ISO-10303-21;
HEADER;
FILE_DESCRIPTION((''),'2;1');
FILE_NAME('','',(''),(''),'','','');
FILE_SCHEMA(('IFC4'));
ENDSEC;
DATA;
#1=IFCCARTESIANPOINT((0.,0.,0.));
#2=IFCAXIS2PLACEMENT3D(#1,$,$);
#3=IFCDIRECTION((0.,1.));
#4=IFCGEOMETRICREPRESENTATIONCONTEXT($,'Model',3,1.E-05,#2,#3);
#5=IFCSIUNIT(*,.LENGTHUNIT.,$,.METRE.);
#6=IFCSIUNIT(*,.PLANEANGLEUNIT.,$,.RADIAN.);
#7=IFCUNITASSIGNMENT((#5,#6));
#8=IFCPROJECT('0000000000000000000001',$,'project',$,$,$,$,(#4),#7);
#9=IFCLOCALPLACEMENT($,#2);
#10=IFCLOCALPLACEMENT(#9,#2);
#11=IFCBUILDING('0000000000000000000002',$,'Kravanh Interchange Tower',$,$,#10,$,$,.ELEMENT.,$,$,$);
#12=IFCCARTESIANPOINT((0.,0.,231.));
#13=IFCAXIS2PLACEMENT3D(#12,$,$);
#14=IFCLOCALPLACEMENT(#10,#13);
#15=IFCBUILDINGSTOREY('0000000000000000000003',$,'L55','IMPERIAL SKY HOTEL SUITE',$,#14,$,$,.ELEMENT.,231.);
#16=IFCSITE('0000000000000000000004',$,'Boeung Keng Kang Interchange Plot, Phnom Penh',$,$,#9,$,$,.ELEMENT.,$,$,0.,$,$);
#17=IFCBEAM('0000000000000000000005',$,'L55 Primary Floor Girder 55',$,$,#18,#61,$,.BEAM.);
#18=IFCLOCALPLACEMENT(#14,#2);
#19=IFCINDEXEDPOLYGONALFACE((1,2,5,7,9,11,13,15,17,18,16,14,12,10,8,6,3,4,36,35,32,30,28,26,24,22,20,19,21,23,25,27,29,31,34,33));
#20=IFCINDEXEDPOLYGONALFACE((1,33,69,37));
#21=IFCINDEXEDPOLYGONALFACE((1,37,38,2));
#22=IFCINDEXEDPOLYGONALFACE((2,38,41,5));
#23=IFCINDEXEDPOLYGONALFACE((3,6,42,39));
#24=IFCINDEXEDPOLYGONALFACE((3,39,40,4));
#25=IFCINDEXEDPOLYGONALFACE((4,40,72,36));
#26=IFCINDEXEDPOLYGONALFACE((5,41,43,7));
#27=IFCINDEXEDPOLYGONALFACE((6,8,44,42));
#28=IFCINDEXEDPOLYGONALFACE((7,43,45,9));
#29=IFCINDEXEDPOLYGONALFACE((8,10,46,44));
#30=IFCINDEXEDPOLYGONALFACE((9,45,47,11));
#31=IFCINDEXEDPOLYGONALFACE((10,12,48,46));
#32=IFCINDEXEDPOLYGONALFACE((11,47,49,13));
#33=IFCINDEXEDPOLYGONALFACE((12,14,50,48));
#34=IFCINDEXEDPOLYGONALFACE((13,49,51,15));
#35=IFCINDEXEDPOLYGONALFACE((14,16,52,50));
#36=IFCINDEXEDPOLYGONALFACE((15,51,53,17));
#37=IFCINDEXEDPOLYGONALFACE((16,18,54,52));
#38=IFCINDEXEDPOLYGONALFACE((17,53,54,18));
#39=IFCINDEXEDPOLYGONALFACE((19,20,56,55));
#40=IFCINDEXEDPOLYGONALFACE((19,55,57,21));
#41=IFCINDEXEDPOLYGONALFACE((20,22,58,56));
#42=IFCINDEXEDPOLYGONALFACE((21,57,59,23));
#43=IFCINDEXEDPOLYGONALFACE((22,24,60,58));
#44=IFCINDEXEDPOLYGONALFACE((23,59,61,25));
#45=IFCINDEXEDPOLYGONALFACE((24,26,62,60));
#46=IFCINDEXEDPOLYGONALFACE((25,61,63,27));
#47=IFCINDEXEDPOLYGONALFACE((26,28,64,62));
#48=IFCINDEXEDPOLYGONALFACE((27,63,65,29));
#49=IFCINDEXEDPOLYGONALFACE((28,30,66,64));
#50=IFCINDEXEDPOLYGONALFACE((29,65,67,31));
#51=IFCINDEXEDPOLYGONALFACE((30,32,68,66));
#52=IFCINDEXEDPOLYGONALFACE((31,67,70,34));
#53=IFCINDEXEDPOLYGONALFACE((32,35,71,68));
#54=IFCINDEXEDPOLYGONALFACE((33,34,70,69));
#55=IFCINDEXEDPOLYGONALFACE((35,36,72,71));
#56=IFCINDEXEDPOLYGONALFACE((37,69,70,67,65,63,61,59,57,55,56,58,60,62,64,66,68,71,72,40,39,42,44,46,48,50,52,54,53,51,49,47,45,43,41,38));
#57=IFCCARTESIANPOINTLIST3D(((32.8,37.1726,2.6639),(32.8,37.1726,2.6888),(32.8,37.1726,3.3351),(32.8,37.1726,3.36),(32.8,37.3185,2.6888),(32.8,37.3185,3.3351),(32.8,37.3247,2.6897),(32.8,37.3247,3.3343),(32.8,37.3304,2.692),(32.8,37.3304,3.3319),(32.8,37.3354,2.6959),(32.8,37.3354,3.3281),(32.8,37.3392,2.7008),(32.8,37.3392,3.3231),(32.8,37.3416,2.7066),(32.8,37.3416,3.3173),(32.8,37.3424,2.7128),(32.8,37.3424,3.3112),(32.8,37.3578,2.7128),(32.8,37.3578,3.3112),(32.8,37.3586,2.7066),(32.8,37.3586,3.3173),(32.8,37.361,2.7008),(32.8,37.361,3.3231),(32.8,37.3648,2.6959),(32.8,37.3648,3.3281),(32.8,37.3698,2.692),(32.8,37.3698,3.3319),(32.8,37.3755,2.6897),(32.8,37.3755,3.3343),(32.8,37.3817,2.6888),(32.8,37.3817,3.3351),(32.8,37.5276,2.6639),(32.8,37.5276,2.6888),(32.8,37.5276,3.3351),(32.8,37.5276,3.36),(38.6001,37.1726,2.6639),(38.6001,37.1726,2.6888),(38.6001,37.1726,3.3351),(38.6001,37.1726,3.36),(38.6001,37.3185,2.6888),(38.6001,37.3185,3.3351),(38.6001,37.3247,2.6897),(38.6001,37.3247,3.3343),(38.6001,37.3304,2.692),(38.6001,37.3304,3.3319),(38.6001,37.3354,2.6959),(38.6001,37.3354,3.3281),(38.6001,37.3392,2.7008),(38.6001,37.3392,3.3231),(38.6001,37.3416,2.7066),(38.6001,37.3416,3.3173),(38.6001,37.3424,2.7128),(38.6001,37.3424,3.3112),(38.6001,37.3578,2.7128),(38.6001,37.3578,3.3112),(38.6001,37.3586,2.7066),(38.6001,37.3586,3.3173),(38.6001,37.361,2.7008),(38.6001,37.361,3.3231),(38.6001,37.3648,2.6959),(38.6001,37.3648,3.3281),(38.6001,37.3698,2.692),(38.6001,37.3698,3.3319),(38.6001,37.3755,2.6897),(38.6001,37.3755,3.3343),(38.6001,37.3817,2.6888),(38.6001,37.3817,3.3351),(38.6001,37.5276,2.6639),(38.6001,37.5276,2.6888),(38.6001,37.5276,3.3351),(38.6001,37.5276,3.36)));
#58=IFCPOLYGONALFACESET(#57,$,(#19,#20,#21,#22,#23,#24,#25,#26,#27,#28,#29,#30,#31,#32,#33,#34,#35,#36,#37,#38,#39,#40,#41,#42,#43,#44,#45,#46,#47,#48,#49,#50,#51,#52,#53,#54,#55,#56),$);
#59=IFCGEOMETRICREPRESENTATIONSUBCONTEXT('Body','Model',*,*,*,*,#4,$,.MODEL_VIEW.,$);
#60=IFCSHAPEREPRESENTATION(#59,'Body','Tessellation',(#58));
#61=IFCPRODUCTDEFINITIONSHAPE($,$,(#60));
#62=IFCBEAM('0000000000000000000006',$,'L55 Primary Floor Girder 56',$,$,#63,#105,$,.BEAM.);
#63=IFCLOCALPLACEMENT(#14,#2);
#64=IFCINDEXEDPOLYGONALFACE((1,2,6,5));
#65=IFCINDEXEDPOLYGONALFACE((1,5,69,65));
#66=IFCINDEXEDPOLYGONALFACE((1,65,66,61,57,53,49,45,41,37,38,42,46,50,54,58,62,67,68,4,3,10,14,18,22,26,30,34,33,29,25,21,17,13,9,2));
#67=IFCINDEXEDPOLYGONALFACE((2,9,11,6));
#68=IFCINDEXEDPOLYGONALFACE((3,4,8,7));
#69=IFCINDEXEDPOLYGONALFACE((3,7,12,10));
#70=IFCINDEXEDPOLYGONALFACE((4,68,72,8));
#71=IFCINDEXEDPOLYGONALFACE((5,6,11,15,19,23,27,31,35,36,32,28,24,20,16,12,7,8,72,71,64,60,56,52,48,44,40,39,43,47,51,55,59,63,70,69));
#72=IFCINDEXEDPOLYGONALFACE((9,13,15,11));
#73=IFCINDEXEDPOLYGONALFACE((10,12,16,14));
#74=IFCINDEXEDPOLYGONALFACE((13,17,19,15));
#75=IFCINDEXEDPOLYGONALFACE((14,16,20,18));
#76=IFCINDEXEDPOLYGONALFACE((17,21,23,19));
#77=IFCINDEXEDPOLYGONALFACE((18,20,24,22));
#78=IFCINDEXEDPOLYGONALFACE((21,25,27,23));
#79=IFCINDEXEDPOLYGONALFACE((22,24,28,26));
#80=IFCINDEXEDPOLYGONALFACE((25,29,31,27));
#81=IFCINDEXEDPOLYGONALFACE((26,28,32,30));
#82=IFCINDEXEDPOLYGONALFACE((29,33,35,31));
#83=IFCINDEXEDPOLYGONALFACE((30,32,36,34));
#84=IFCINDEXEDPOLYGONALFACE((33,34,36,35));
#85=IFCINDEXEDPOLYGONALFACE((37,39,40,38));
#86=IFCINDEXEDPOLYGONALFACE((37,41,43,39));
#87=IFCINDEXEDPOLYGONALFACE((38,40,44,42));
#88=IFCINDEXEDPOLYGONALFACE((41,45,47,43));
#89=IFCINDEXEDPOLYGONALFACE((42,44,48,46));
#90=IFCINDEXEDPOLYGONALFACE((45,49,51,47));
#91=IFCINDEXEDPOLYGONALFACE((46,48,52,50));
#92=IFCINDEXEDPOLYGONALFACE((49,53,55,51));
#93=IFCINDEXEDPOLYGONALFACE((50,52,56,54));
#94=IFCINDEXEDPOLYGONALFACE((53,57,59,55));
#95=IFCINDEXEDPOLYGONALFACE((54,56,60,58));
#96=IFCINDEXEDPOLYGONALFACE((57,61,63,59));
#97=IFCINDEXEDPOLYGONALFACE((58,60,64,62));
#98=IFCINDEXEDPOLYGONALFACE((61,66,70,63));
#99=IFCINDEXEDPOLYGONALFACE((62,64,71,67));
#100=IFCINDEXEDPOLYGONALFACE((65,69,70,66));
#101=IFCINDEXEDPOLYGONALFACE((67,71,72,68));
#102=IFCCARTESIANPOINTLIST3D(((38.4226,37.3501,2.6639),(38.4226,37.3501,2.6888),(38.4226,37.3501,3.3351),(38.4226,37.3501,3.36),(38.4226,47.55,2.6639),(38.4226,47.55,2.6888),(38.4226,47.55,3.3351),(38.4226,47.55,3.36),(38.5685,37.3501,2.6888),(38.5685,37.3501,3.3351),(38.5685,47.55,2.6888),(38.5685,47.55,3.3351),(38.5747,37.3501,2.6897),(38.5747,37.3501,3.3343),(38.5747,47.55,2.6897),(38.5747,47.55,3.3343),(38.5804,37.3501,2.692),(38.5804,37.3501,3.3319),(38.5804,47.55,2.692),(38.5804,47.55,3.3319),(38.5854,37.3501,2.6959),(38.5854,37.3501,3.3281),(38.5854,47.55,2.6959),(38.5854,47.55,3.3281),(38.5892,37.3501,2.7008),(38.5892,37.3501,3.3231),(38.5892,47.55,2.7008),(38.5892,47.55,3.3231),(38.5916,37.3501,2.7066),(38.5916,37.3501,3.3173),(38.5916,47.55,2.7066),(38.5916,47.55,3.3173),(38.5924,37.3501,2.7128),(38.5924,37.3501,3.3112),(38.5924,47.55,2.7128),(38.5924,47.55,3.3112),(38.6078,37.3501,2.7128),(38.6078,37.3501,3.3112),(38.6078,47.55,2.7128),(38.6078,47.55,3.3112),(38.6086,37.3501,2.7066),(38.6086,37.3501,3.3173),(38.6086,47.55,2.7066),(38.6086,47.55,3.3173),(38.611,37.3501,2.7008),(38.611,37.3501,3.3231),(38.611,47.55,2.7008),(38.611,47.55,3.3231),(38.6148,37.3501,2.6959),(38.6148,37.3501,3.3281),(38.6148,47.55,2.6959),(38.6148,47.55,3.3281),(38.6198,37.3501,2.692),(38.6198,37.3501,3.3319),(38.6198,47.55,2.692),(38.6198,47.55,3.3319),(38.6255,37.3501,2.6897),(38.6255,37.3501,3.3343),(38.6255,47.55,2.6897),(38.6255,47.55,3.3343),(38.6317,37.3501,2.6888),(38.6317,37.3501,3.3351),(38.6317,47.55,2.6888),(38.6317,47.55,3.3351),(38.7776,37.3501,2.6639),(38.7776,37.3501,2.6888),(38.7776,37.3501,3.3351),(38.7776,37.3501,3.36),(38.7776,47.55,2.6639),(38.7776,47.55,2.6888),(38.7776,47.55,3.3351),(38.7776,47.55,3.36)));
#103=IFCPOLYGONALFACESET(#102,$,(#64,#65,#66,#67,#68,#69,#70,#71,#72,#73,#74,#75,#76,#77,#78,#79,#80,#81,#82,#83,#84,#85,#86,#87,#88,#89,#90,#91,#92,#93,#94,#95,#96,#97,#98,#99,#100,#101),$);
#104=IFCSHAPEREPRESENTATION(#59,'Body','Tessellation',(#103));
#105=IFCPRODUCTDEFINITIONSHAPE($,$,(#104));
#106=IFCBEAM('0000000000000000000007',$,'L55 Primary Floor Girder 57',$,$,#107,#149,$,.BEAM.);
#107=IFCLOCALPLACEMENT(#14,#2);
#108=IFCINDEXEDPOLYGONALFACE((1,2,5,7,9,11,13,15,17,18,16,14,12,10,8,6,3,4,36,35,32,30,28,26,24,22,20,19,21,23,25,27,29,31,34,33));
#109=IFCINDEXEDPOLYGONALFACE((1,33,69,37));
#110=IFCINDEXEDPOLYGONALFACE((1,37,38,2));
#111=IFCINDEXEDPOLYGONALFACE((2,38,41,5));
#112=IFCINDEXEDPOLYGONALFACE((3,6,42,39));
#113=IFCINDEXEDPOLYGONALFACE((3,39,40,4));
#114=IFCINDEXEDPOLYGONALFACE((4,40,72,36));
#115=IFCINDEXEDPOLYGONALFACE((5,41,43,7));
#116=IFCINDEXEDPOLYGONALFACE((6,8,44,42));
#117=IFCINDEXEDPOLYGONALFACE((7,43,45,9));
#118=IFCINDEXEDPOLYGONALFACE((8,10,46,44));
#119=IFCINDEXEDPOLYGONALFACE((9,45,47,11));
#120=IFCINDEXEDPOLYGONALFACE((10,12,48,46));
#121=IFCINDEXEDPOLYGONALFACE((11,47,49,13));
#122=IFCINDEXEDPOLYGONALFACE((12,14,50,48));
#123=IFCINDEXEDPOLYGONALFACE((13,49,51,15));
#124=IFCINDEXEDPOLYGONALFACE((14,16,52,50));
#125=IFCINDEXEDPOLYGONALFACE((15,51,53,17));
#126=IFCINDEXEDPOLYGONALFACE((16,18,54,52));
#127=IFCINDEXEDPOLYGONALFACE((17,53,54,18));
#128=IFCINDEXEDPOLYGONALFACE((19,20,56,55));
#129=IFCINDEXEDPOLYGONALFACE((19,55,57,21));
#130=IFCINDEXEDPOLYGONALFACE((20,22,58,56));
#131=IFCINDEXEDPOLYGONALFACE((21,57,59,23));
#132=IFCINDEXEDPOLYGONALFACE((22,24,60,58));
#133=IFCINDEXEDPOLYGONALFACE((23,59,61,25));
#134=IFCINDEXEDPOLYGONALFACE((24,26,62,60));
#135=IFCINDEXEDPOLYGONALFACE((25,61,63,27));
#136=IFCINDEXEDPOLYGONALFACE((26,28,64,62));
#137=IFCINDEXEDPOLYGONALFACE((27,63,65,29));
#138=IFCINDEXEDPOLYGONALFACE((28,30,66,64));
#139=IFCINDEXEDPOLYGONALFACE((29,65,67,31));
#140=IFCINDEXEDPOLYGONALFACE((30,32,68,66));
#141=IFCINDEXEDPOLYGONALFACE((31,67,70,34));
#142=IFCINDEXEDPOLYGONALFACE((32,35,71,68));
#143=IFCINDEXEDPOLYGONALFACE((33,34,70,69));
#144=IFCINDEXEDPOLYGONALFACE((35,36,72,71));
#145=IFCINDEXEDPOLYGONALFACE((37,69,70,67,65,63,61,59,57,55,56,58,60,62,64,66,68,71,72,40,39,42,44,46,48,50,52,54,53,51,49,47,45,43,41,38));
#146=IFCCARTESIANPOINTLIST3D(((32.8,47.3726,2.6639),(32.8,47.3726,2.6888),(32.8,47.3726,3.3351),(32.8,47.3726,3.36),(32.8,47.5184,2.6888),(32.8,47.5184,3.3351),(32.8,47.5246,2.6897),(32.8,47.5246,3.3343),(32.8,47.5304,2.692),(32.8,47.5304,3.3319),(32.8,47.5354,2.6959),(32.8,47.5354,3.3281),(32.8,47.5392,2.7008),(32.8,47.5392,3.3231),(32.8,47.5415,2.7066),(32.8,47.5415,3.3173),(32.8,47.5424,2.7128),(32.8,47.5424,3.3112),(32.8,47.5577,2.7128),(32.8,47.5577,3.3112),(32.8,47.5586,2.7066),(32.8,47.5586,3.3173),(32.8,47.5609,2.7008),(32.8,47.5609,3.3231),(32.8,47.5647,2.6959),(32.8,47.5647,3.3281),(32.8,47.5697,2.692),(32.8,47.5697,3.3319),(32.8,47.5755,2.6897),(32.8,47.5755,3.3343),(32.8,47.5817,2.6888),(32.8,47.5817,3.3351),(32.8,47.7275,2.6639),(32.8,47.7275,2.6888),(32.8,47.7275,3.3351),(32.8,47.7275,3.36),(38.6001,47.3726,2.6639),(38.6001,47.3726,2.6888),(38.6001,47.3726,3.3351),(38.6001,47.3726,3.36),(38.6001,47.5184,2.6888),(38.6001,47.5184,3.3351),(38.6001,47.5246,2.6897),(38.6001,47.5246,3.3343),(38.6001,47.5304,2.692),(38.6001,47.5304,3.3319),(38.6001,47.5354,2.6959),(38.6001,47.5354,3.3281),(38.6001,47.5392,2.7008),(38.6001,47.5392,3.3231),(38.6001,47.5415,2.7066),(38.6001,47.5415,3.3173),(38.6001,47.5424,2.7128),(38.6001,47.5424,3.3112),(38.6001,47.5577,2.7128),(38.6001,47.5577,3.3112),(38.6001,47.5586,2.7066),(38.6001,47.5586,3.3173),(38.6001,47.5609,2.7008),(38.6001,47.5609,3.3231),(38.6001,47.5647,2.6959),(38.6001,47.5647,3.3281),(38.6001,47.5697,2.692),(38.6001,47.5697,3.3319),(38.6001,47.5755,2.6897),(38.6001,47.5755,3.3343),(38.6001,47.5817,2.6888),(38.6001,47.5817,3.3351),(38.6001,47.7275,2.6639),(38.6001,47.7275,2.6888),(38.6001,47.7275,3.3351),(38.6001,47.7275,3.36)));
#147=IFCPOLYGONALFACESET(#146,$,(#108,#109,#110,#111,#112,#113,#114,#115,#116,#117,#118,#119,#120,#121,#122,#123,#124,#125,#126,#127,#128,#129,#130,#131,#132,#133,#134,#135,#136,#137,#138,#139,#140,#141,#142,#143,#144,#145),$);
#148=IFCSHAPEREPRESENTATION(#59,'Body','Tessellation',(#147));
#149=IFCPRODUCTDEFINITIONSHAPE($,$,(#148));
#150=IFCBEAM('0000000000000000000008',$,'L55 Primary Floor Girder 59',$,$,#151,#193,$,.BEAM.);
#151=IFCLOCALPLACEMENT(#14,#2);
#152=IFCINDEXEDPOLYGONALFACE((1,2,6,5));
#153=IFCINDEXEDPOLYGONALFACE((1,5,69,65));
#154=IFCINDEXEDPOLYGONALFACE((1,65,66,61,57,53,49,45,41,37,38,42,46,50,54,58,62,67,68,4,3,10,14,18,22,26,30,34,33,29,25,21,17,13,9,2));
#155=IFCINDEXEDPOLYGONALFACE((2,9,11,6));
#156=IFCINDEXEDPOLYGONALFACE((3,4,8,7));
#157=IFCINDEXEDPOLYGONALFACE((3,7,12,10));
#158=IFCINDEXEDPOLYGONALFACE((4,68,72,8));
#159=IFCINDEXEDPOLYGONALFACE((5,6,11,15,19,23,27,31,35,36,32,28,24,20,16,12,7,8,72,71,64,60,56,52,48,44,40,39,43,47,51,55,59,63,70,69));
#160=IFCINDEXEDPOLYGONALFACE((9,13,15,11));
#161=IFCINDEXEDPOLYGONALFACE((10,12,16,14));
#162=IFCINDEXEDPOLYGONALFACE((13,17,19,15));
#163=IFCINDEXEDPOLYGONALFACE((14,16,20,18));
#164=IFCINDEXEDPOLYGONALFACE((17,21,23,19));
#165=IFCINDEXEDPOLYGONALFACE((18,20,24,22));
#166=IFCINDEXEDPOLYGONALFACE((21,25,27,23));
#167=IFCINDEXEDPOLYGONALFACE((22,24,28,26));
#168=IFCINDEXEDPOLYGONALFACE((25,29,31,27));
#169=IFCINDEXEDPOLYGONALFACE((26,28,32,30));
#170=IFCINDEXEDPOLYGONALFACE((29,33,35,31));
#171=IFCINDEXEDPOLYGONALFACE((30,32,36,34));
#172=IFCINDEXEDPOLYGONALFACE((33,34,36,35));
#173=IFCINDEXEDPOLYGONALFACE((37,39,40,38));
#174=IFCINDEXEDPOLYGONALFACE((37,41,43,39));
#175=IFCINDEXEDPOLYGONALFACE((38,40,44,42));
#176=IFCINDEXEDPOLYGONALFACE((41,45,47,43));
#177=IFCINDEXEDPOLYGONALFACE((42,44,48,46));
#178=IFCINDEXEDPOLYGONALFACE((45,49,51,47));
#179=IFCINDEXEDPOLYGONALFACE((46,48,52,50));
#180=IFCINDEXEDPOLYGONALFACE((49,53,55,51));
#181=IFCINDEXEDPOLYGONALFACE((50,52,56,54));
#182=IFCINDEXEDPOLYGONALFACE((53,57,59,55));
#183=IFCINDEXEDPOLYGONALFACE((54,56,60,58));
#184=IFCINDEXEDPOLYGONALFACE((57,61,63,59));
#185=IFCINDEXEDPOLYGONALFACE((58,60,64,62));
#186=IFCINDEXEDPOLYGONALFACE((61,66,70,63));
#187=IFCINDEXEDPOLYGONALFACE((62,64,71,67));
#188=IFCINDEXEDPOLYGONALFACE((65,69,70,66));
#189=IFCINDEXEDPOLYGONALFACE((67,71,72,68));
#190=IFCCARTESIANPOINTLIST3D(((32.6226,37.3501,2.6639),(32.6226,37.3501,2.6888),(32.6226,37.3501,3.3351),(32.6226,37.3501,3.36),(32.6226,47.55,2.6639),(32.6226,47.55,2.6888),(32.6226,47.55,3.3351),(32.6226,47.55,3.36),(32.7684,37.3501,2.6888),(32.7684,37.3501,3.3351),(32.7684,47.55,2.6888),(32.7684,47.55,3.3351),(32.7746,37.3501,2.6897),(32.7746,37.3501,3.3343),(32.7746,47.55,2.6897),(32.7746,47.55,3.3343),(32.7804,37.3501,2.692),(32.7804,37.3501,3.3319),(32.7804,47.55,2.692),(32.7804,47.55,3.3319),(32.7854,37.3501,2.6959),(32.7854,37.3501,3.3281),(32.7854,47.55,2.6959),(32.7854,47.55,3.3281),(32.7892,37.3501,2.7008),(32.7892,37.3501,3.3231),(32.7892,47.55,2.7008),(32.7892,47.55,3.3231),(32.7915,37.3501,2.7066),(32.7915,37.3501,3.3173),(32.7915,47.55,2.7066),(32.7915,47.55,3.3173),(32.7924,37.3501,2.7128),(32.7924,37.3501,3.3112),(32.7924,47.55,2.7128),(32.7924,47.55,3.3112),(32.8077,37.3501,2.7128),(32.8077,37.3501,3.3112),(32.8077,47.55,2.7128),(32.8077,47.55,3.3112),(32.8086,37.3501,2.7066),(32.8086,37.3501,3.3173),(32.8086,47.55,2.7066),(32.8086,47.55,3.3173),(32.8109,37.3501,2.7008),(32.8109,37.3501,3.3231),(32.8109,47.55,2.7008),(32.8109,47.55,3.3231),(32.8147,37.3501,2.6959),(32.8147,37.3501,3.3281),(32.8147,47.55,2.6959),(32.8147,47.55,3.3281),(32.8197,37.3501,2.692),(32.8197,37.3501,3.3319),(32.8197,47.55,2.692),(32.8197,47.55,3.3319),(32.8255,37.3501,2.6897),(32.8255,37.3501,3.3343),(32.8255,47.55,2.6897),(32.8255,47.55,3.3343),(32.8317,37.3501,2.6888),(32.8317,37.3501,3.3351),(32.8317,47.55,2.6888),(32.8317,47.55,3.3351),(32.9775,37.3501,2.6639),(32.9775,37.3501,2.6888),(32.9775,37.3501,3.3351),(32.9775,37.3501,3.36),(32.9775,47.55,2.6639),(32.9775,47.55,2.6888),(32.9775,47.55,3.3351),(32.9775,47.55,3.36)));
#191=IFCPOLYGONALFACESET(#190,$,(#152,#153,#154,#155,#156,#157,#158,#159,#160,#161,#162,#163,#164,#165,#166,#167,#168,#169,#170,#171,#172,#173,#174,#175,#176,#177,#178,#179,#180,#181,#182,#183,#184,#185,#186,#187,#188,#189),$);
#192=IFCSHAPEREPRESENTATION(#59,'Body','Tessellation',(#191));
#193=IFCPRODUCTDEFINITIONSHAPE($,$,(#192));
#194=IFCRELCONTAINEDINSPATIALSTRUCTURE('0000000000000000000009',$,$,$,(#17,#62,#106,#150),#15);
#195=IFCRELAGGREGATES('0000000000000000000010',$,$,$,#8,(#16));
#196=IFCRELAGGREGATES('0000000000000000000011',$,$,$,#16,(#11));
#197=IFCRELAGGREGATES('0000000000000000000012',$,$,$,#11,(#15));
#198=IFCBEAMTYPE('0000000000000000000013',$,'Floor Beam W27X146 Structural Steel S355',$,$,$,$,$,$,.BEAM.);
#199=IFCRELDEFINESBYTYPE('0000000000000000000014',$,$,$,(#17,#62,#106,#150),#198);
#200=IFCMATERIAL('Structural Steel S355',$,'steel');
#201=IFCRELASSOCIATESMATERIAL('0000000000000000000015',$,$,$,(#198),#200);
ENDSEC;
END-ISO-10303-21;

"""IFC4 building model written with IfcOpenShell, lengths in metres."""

from ifc_helpers import new_model, si_unit, direction, frame, origin, origin_2d, place, context, subcontext, project, spatial, i_section, extrude, material, material_profile, profile_set, type_object, element, save


model = new_model("IFC4")

# Units and contexts
model_context = context("Model", 3, precision=1e-05, world=origin(), true_north=direction((0.0, 1.0)))
body_context = subcontext(model_context, "Body", "Model", "MODEL_VIEW")
ifc_project = project(units=[si_unit("LENGTHUNIT", "METRE"), si_unit("PLANEANGLEUNIT", "RADIAN")], contexts=[model_context])

# Site, building, storey
site_placement = place(None, origin())
site = spatial("IfcSite", under=ifc_project, at=site_placement, Name="Boeung Keng Kang Interchange Plot, Phnom Penh", CompositionType="ELEMENT", RefElevation=0.0)
building_placement = place(site_placement, origin())
building = spatial("IfcBuilding", under=site, at=building_placement, Name="Kravanh Interchange Tower", CompositionType="ELEMENT")
storey_placement = place(building_placement, frame((0.0, 0.0, 231.0)))
storey = spatial("IfcBuildingStorey", under=building, at=storey_placement, Name="L55", Description="IMPERIAL SKY HOTEL SUITE", CompositionType="ELEMENT", Elevation=231.0)

# Beams
ifc_material_1 = material(Name="Structural Steel S355", Category="steel")
ifc_material_profile_1 = material_profile(ifc_material_1, i_section(OverallWidth=0.355, OverallDepth=0.696, WebThickness=0.0154, FlangeThickness=0.0249, FilletRadius=0.0239, at=origin_2d()), Name="W27X146")
ifc_profile_set_1 = profile_set([ifc_material_profile_1], Name="Structural Steel S355")
beam_type = type_object("IfcBeamType", Name="Floor Beam W27X146 Structural Steel S355", PredefinedType="BEAM", material=ifc_profile_set_1)
beam_1_placement = place(storey_placement, frame((38.6001, 37.3501, 3.012), z_axis=(-1.0, 0.0, 0.0), x_axis=(0.0, -1.0, 0.0)))
element("IfcBeam", 1, at=beam_1_placement, inside=storey, type_object=beam_type, Name="L55 Primary Floor Girder 55", PredefinedType="BEAM", context=body_context, shape_type="SweptSolid", body=[
    extrude(i_section(OverallWidth=0.355, OverallDepth=0.696, WebThickness=0.0154, FlangeThickness=0.0249, FilletRadius=0.0239, at=origin_2d()), origin(), (0.0, 0.0, 1.0), 5.8),
])
beam_2_placement = place(storey_placement, frame((38.6001, 37.3501, 3.012), z_axis=(0.0, 1.0, 0.0), x_axis=(-1.0, 0.0, 0.0)))
element("IfcBeam", 2, at=beam_2_placement, inside=storey, type_object=beam_type, Name="L55 Primary Floor Girder 56", PredefinedType="BEAM", context=body_context, shape_type="SweptSolid", body=[
    extrude(i_section(OverallWidth=0.355, OverallDepth=0.696, WebThickness=0.0154, FlangeThickness=0.0249, FilletRadius=0.0239, at=origin_2d()), origin(), (0.0, 0.0, 1.0), 10.2),
])
beam_3_placement = place(storey_placement, frame((38.6001, 47.55, 3.012), z_axis=(-1.0, 0.0, 0.0), x_axis=(0.0, -1.0, 0.0)))
element("IfcBeam", 3, at=beam_3_placement, inside=storey, type_object=beam_type, Name="L55 Primary Floor Girder 57", PredefinedType="BEAM", context=body_context, shape_type="SweptSolid", body=[
    extrude(i_section(OverallWidth=0.355, OverallDepth=0.696, WebThickness=0.0154, FlangeThickness=0.0249, FilletRadius=0.0239, at=origin_2d()), origin(), (0.0, 0.0, 1.0), 5.8),
])
beam_4_placement = place(storey_placement, frame((32.8, 37.3501, 3.012), z_axis=(0.0, 1.0, 0.0), x_axis=(-1.0, 0.0, 0.0)))
element("IfcBeam", 4, at=beam_4_placement, inside=storey, type_object=beam_type, Name="L55 Primary Floor Girder 59", PredefinedType="BEAM", context=body_context, shape_type="SweptSolid", body=[
    extrude(i_section(OverallWidth=0.355, OverallDepth=0.696, WebThickness=0.0154, FlangeThickness=0.0249, FilletRadius=0.0239, at=origin_2d()), origin(), (0.0, 0.0, 1.0), 10.2),
])

save(model, "model.ifc")
